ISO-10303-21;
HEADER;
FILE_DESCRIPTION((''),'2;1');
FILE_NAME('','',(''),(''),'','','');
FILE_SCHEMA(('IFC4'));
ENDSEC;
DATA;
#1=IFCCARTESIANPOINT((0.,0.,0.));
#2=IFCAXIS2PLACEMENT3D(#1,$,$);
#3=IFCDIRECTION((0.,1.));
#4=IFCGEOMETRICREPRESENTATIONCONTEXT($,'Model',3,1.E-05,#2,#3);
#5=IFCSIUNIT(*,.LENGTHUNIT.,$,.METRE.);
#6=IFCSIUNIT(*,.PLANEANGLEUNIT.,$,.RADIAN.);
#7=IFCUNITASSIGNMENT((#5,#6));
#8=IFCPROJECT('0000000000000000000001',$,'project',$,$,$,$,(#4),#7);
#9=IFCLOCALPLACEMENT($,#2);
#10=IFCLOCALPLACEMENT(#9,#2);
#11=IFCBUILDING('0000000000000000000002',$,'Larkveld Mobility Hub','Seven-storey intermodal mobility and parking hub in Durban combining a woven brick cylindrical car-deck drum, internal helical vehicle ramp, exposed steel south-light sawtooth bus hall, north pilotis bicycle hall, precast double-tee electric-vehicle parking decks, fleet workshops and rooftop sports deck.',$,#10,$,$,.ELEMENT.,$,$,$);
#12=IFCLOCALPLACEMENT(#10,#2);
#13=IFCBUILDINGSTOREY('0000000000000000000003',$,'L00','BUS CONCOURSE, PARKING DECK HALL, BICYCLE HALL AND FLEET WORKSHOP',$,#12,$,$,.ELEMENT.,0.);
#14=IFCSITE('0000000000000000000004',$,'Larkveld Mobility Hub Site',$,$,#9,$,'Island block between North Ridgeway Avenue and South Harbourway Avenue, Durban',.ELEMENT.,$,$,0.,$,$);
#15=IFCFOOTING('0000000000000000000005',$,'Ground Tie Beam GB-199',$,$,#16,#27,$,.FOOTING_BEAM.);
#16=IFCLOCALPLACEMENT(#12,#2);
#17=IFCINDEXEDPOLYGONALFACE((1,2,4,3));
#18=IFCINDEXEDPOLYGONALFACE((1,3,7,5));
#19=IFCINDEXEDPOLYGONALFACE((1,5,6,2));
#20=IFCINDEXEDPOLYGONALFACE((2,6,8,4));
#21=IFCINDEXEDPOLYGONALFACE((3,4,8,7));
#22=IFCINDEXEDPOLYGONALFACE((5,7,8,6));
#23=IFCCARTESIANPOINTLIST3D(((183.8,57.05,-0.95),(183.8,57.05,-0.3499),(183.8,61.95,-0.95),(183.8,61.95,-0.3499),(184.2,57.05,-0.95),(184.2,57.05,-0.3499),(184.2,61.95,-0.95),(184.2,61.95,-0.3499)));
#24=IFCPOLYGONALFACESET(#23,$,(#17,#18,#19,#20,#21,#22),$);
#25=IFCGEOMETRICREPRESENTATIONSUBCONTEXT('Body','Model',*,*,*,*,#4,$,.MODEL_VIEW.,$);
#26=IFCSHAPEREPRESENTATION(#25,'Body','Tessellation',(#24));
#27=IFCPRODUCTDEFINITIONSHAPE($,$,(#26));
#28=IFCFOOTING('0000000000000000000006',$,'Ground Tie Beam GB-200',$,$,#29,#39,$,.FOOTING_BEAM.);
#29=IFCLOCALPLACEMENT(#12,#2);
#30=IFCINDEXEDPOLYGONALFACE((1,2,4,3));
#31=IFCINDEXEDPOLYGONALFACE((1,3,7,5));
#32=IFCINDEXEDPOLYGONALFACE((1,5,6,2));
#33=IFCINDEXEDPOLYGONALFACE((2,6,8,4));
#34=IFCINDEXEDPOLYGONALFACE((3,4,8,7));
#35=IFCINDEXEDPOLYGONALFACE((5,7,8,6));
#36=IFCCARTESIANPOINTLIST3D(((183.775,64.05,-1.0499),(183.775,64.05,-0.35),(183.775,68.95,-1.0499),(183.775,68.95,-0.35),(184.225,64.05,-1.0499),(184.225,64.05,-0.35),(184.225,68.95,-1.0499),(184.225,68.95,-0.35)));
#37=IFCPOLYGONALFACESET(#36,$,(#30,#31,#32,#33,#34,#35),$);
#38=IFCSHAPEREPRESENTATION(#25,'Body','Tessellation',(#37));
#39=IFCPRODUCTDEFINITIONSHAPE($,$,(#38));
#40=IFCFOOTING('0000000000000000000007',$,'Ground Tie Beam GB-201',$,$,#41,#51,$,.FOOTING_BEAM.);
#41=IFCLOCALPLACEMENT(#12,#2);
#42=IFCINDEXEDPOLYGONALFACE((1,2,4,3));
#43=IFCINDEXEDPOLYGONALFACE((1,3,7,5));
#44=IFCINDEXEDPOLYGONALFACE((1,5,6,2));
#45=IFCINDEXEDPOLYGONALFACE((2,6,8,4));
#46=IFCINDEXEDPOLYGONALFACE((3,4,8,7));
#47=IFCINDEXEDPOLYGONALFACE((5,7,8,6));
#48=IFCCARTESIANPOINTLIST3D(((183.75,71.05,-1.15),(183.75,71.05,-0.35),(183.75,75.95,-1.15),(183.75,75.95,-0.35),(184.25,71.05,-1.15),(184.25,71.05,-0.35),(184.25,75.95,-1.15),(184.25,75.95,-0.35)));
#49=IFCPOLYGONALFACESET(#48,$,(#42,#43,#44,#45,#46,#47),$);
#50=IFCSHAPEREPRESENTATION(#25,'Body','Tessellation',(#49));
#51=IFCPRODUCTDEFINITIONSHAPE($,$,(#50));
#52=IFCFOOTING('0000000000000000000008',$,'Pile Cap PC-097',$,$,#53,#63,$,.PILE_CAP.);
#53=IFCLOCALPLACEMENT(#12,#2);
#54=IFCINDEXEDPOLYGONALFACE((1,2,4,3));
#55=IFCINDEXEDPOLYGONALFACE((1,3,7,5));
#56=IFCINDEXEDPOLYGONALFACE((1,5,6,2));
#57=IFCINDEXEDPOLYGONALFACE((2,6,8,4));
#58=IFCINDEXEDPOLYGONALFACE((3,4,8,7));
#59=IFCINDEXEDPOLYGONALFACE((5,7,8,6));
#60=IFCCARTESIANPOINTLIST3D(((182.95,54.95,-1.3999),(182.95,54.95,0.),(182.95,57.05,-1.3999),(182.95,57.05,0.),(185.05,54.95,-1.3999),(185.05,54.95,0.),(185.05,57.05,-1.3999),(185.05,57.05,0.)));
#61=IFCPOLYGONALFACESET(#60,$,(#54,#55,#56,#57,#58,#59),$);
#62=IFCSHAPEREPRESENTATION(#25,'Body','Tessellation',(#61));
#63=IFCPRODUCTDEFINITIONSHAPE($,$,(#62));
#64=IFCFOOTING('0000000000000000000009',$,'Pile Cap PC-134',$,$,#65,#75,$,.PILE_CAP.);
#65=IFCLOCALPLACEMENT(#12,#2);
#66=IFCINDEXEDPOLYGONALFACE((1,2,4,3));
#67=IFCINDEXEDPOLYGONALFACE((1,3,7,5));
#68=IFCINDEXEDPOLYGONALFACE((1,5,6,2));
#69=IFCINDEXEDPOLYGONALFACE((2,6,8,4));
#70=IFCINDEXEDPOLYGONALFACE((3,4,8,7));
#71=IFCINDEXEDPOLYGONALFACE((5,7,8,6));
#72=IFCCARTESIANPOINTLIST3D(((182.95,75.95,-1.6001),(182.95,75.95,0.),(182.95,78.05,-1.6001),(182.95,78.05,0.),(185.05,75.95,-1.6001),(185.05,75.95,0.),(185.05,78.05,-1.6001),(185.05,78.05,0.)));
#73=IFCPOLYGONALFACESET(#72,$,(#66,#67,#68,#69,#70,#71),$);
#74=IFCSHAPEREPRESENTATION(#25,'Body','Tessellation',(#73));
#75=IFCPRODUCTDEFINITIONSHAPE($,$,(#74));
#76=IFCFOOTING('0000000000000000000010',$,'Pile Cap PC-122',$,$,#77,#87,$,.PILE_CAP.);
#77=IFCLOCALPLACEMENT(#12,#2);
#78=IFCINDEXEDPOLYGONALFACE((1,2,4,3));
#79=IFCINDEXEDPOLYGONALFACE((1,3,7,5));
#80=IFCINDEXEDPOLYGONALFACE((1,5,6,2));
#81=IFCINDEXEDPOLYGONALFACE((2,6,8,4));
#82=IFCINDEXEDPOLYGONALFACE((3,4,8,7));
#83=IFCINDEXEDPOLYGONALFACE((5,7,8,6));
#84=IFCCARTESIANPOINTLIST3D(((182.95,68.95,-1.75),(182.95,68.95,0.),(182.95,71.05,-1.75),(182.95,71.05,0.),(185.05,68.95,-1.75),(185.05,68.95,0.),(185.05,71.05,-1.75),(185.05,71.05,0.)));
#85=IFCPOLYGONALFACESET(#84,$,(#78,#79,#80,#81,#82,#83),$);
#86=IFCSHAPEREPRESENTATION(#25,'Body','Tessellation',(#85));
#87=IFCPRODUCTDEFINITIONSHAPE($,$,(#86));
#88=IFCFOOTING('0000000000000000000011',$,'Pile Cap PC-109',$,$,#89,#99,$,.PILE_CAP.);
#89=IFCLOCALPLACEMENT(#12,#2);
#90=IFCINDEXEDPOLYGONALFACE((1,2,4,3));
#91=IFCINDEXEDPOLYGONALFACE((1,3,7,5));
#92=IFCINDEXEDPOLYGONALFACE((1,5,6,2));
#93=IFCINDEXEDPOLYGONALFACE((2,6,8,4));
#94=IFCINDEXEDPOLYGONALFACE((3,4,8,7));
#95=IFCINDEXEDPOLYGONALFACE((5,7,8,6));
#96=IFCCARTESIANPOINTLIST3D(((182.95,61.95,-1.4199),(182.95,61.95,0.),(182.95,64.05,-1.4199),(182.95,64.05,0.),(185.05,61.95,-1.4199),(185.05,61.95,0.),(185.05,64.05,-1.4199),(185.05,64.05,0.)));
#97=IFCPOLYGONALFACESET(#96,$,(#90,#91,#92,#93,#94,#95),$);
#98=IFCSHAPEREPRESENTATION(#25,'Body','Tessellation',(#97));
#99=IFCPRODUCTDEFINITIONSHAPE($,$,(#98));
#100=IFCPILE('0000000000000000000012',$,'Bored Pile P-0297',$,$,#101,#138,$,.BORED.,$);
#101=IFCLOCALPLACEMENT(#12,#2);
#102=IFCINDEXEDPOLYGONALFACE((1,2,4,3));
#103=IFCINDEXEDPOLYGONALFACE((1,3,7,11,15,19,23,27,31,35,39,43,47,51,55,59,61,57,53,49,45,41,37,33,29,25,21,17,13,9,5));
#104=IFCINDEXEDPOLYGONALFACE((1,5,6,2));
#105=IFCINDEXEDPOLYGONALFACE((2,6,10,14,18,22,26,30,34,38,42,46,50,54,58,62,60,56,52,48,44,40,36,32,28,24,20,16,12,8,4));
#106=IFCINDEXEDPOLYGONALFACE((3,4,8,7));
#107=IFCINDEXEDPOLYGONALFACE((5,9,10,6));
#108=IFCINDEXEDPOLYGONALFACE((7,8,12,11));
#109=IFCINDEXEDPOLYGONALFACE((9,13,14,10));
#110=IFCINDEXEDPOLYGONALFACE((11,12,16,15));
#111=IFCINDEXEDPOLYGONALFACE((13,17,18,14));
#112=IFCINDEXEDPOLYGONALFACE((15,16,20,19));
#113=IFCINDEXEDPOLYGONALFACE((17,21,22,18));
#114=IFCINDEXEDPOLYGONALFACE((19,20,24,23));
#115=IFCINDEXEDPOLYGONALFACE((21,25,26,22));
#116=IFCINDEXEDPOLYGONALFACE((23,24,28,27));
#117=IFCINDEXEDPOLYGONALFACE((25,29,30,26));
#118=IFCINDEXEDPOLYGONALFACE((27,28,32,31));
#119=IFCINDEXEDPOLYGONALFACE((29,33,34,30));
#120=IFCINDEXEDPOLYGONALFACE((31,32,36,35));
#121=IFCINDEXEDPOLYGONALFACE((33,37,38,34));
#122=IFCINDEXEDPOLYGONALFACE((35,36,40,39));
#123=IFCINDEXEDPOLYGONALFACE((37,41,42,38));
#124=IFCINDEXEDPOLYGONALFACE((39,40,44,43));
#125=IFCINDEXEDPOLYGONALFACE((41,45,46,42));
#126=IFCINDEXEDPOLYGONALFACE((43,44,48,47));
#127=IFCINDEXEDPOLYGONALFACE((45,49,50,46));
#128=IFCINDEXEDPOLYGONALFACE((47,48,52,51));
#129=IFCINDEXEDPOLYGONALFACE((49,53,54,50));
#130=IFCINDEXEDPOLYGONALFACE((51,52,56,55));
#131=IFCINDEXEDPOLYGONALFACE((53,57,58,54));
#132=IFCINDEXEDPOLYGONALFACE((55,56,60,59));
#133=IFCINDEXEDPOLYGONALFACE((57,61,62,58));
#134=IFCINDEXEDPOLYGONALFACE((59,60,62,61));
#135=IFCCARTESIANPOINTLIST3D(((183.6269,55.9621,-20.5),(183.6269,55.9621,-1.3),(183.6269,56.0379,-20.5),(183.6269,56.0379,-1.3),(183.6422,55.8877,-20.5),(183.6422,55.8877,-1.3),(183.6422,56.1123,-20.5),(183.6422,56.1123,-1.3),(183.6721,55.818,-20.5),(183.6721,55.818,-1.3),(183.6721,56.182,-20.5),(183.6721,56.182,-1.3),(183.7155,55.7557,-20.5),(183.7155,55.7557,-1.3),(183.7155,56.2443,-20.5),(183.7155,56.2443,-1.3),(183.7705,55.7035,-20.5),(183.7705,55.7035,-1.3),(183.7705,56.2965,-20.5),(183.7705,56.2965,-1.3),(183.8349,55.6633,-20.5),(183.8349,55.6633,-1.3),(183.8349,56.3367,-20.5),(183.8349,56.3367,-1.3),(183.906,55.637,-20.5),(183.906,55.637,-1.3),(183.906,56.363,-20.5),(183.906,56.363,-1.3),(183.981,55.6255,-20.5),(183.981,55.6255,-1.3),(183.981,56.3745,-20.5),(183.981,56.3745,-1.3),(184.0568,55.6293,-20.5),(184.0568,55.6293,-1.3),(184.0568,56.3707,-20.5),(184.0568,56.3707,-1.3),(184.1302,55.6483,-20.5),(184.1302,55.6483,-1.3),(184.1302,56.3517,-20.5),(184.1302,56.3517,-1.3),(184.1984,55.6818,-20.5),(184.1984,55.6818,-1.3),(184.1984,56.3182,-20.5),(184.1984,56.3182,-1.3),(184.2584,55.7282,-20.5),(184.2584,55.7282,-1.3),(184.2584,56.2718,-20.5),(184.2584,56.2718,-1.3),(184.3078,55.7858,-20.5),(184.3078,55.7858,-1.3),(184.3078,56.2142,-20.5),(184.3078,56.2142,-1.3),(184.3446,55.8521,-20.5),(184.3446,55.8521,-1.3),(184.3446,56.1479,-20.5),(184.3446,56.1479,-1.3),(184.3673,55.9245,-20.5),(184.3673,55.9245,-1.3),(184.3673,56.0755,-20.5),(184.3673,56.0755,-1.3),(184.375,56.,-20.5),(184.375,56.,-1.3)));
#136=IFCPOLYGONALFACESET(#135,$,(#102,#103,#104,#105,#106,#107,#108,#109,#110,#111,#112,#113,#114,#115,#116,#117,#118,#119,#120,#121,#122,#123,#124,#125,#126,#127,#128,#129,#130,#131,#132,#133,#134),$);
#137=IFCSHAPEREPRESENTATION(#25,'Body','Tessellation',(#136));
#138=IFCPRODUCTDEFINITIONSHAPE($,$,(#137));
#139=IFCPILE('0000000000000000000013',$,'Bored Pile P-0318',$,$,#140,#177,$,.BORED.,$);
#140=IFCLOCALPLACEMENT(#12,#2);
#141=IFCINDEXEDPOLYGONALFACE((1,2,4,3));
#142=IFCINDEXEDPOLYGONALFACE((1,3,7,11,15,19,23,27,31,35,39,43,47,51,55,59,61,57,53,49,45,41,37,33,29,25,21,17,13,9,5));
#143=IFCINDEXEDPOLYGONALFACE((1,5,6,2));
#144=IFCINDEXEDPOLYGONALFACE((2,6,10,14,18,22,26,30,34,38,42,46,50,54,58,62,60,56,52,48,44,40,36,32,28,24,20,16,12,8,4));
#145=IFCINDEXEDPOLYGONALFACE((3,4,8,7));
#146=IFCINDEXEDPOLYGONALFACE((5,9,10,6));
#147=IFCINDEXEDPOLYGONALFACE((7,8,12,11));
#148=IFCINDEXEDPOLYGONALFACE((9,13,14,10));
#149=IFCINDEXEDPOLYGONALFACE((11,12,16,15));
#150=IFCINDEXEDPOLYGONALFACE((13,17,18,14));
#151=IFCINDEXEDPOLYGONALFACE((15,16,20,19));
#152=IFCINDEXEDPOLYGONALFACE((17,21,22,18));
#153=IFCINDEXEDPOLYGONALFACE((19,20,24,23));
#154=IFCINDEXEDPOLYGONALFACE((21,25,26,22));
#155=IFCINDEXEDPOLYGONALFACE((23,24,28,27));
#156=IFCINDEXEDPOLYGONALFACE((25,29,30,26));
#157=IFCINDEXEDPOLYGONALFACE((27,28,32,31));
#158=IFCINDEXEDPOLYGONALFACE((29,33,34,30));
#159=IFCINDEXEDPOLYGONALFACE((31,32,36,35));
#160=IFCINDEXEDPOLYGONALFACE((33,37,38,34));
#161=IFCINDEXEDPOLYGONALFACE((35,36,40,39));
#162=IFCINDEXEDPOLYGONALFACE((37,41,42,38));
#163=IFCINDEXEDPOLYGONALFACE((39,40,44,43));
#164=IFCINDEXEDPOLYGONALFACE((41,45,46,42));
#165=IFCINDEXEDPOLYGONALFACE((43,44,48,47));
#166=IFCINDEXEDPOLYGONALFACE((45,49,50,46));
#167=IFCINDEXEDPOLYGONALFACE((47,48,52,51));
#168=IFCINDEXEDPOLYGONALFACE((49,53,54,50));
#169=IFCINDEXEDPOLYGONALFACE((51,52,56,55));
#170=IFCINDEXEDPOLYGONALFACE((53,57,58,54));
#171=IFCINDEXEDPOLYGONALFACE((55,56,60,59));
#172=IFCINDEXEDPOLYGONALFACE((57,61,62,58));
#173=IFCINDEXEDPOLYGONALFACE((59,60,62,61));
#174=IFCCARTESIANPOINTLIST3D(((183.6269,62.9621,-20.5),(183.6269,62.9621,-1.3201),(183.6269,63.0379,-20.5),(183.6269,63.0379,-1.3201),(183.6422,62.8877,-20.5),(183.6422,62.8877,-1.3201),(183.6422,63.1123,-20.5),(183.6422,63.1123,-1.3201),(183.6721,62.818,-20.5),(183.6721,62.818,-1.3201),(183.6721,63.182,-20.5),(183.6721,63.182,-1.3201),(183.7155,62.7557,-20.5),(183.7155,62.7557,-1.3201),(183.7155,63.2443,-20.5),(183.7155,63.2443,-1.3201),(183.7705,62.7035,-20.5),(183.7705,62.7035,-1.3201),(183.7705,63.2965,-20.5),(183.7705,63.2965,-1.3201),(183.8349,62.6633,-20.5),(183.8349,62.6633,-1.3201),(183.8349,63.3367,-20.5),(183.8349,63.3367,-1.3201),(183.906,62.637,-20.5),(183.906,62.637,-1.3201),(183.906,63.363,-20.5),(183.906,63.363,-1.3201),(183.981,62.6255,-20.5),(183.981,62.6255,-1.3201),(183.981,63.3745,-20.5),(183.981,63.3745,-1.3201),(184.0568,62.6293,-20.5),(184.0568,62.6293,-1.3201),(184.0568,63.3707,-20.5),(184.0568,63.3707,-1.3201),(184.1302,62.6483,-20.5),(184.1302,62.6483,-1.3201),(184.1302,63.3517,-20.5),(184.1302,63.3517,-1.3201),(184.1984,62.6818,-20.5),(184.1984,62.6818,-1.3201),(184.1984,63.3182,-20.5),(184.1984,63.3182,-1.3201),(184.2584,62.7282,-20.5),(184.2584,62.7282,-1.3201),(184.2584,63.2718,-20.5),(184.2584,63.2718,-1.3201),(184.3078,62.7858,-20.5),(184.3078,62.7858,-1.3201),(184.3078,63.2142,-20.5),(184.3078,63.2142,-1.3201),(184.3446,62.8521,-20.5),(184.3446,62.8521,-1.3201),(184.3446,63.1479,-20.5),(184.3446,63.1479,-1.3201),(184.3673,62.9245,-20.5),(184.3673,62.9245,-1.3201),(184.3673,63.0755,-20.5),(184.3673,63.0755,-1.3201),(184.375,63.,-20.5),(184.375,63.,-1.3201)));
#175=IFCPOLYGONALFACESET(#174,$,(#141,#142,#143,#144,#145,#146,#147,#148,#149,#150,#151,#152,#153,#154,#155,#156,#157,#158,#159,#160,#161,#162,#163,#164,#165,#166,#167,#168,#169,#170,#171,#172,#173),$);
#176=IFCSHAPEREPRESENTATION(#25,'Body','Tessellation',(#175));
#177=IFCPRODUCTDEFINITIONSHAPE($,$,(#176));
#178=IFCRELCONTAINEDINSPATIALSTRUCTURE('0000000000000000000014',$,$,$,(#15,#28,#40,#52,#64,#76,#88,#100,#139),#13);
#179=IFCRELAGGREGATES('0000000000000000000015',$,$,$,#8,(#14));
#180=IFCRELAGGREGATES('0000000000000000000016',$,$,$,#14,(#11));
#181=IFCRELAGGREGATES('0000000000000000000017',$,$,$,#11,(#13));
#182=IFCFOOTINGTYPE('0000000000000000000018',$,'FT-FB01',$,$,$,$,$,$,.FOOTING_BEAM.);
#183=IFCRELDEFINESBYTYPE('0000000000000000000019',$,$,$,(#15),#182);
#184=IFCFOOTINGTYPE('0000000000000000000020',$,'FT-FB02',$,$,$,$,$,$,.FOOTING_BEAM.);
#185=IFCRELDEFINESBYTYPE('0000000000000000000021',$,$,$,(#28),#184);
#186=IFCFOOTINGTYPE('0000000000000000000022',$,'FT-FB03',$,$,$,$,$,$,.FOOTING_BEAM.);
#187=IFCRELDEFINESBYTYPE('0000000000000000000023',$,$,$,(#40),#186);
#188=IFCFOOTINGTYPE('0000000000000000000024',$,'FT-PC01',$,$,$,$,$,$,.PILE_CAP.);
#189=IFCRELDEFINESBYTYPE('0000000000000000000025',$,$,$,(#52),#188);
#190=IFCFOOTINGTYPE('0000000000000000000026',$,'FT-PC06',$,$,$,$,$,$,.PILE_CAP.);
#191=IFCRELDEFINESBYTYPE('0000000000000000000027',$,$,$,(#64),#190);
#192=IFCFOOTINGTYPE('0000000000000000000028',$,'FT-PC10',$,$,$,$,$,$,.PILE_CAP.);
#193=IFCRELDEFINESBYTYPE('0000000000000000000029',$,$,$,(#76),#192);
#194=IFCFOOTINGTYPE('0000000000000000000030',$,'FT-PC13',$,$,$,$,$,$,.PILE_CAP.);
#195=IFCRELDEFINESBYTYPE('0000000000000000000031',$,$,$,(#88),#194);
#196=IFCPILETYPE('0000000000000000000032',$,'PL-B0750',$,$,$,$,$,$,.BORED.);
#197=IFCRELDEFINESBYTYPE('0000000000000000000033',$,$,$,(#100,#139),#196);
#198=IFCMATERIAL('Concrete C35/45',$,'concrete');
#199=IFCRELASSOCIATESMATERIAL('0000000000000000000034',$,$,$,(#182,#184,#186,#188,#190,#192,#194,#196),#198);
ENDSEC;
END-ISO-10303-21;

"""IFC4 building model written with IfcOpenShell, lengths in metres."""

from ifc_helpers import new_model, si_unit, direction, frame, origin, origin_2d, place, context, subcontext, project, spatial, rectangle, circle, extrude, material, material_profile, profile_set, type_object, element, save


model = new_model("IFC4")

# Units and contexts
model_context = context("Model", 3, precision=1e-05, world=origin(), true_north=direction((0.0, 1.0)))
body_context = subcontext(model_context, "Body", "Model", "MODEL_VIEW")
ifc_project = project(units=[si_unit("LENGTHUNIT", "METRE"), si_unit("PLANEANGLEUNIT", "RADIAN")], contexts=[model_context])

# Site, building, storey
site_placement = place(None, origin())
site = spatial("IfcSite", under=ifc_project, at=site_placement, Name="Larkveld Mobility Hub Site", LongName="Island block between North Ridgeway Avenue and South Harbourway Avenue, Durban", CompositionType="ELEMENT", RefElevation=0.0)
building_placement = place(site_placement, origin())
building = spatial("IfcBuilding", under=site, at=building_placement, Name="Larkveld Mobility Hub", Description="Seven-storey intermodal mobility and parking hub in Durban combining a woven brick cylindrical car-deck drum, internal helical vehicle ramp, exposed steel south-light sawtooth bus hall, north pilotis bicycle hall, precast double-tee electric-vehicle parking decks, fleet workshops and rooftop sports deck.", CompositionType="ELEMENT")
storey_placement = place(building_placement, origin())
storey = spatial("IfcBuildingStorey", under=building, at=storey_placement, Name="L00", Description="BUS CONCOURSE, PARKING DECK HALL, BICYCLE HALL AND FLEET WORKSHOP", CompositionType="ELEMENT", Elevation=0.0)

# Footings
ifc_material_1 = material(Name="Concrete C35/45", Category="concrete")
ifc_material_profile_1 = material_profile(ifc_material_1, rectangle(XDim=0.3999, YDim=0.6001, at=origin_2d()), Name="RC BM 400x600")
ifc_profile_set_1 = profile_set([ifc_material_profile_1], Name="Concrete C35/45")
footing_type_1 = type_object("IfcFootingType", Name="FT-FB01", PredefinedType="FOOTING_BEAM", material=ifc_profile_set_1)
footing_1_placement = place(storey_placement, frame((184.0, 57.05, -0.6499), z_axis=(0.0, 1.0, 0.0), x_axis=(-1.0, 0.0, 0.0)))
element("IfcFooting", 1, at=footing_1_placement, inside=storey, type_object=footing_type_1, Name="Ground Tie Beam GB-199", PredefinedType="FOOTING_BEAM", context=body_context, shape_type="SweptSolid", body=[
    extrude(rectangle(XDim=0.3999, YDim=0.6001, at=origin_2d()), origin(), (0.0, 0.0, 1.0), 4.8999),
])
ifc_material_profile_2 = material_profile(ifc_material_1, rectangle(XDim=0.45, YDim=0.7, at=origin_2d()), Name="RC BM 450x700")
ifc_profile_set_2 = profile_set([ifc_material_profile_2], Name="Concrete C35/45")
footing_type_2 = type_object("IfcFootingType", Name="FT-FB02", PredefinedType="FOOTING_BEAM", material=ifc_profile_set_2)
footing_2_placement = place(storey_placement, frame((184.0, 64.05, -0.7), z_axis=(0.0, 1.0, 0.0), x_axis=(-1.0, 0.0, 0.0)))
element("IfcFooting", 2, at=footing_2_placement, inside=storey, type_object=footing_type_2, Name="Ground Tie Beam GB-200", PredefinedType="FOOTING_BEAM", context=body_context, shape_type="SweptSolid", body=[
    extrude(rectangle(XDim=0.45, YDim=0.7, at=origin_2d()), origin(), (0.0, 0.0, 1.0), 4.8999),
])
ifc_material_profile_3 = material_profile(ifc_material_1, rectangle(XDim=0.5, YDim=0.8, at=origin_2d()), Name="RC BM 500x800")
ifc_profile_set_3 = profile_set([ifc_material_profile_3], Name="Concrete C35/45")
footing_type_3 = type_object("IfcFootingType", Name="FT-FB03", PredefinedType="FOOTING_BEAM", material=ifc_profile_set_3)
footing_3_placement = place(storey_placement, frame((184.0, 71.05, -0.75), z_axis=(0.0, 1.0, 0.0), x_axis=(-1.0, 0.0, 0.0)))
element("IfcFooting", 3, at=footing_3_placement, inside=storey, type_object=footing_type_3, Name="Ground Tie Beam GB-201", PredefinedType="FOOTING_BEAM", context=body_context, shape_type="SweptSolid", body=[
    extrude(rectangle(XDim=0.5, YDim=0.8, at=origin_2d()), origin(), (0.0, 0.0, 1.0), 4.8999),
])
footing_type_4 = type_object("IfcFootingType", Name="FT-PC01", PredefinedType="PILE_CAP", material=ifc_material_1)
footing_4_placement = place(storey_placement, frame((184.0, 56.0, -1.3999), z_axis=(0.0, 0.0, 1.0), x_axis=(1.0, 0.0, 0.0)))
element("IfcFooting", 4, at=footing_4_placement, inside=storey, type_object=footing_type_4, Name="Pile Cap PC-097", PredefinedType="PILE_CAP", context=body_context, shape_type="SweptSolid", body=[
    extrude(rectangle(XDim=2.1001, YDim=2.1001, at=origin_2d()), origin(), (0.0, 0.0, 1.0), 1.3999),
])
footing_type_5 = type_object("IfcFootingType", Name="FT-PC06", PredefinedType="PILE_CAP", material=ifc_material_1)
footing_5_placement = place(storey_placement, frame((184.0, 77.0, -1.6001), z_axis=(0.0, 0.0, 1.0), x_axis=(1.0, 0.0, 0.0)))
element("IfcFooting", 5, at=footing_5_placement, inside=storey, type_object=footing_type_5, Name="Pile Cap PC-134", PredefinedType="PILE_CAP", context=body_context, shape_type="SweptSolid", body=[
    extrude(rectangle(XDim=2.1001, YDim=2.1001, at=origin_2d()), origin(), (0.0, 0.0, 1.0), 1.6001),
])
footing_type_6 = type_object("IfcFootingType", Name="FT-PC10", PredefinedType="PILE_CAP", material=ifc_material_1)
footing_6_placement = place(storey_placement, frame((184.0, 70.0, -1.75), z_axis=(0.0, 0.0, 1.0), x_axis=(1.0, 0.0, 0.0)))
element("IfcFooting", 6, at=footing_6_placement, inside=storey, type_object=footing_type_6, Name="Pile Cap PC-122", PredefinedType="PILE_CAP", context=body_context, shape_type="SweptSolid", body=[
    extrude(rectangle(XDim=2.1001, YDim=2.1001, at=origin_2d()), origin(), (0.0, 0.0, 1.0), 1.75),
])
footing_type_7 = type_object("IfcFootingType", Name="FT-PC13", PredefinedType="PILE_CAP", material=ifc_material_1)
footing_7_placement = place(storey_placement, frame((184.0, 63.0, -1.4199), z_axis=(0.0, 0.0, 1.0), x_axis=(1.0, 0.0, 0.0)))
element("IfcFooting", 7, at=footing_7_placement, inside=storey, type_object=footing_type_7, Name="Pile Cap PC-109", PredefinedType="PILE_CAP", context=body_context, shape_type="SweptSolid", body=[
    extrude(rectangle(XDim=2.1001, YDim=2.1001, at=origin_2d()), origin(), (0.0, 0.0, 1.0), 1.4199),
])

# Piles
ifc_material_profile_4 = material_profile(ifc_material_1, circle(Radius=0.375, at=origin_2d()), Name="PILE D750")
ifc_profile_set_4 = profile_set([ifc_material_profile_4], Name="Concrete C35/45")
pile_type = type_object("IfcPileType", Name="PL-B0750", PredefinedType="BORED", material=ifc_profile_set_4)
pile_1_placement = place(storey_placement, frame((184.0, 56.0, -1.3), z_axis=(0.0, 0.0, -1.0), x_axis=(1.0, 0.0, 0.0)))
element("IfcPile", 8, at=pile_1_placement, inside=storey, type_object=pile_type, Name="Bored Pile P-0297", PredefinedType="BORED", context=body_context, shape_type="SweptSolid", body=[
    extrude(circle(Radius=0.375, at=origin_2d()), origin(), (0.0, 0.0, 1.0), 19.2),
])
pile_2_placement = place(storey_placement, frame((184.0, 63.0, -1.3201), z_axis=(0.0, 0.0, -1.0), x_axis=(1.0, 0.0, 0.0)))
element("IfcPile", 9, at=pile_2_placement, inside=storey, type_object=pile_type, Name="Bored Pile P-0318", PredefinedType="BORED", context=body_context, shape_type="SweptSolid", body=[
    extrude(circle(Radius=0.375, at=origin_2d()), origin(), (0.0, 0.0, 1.0), 19.1799),
])

save(model, "model.ifc")
